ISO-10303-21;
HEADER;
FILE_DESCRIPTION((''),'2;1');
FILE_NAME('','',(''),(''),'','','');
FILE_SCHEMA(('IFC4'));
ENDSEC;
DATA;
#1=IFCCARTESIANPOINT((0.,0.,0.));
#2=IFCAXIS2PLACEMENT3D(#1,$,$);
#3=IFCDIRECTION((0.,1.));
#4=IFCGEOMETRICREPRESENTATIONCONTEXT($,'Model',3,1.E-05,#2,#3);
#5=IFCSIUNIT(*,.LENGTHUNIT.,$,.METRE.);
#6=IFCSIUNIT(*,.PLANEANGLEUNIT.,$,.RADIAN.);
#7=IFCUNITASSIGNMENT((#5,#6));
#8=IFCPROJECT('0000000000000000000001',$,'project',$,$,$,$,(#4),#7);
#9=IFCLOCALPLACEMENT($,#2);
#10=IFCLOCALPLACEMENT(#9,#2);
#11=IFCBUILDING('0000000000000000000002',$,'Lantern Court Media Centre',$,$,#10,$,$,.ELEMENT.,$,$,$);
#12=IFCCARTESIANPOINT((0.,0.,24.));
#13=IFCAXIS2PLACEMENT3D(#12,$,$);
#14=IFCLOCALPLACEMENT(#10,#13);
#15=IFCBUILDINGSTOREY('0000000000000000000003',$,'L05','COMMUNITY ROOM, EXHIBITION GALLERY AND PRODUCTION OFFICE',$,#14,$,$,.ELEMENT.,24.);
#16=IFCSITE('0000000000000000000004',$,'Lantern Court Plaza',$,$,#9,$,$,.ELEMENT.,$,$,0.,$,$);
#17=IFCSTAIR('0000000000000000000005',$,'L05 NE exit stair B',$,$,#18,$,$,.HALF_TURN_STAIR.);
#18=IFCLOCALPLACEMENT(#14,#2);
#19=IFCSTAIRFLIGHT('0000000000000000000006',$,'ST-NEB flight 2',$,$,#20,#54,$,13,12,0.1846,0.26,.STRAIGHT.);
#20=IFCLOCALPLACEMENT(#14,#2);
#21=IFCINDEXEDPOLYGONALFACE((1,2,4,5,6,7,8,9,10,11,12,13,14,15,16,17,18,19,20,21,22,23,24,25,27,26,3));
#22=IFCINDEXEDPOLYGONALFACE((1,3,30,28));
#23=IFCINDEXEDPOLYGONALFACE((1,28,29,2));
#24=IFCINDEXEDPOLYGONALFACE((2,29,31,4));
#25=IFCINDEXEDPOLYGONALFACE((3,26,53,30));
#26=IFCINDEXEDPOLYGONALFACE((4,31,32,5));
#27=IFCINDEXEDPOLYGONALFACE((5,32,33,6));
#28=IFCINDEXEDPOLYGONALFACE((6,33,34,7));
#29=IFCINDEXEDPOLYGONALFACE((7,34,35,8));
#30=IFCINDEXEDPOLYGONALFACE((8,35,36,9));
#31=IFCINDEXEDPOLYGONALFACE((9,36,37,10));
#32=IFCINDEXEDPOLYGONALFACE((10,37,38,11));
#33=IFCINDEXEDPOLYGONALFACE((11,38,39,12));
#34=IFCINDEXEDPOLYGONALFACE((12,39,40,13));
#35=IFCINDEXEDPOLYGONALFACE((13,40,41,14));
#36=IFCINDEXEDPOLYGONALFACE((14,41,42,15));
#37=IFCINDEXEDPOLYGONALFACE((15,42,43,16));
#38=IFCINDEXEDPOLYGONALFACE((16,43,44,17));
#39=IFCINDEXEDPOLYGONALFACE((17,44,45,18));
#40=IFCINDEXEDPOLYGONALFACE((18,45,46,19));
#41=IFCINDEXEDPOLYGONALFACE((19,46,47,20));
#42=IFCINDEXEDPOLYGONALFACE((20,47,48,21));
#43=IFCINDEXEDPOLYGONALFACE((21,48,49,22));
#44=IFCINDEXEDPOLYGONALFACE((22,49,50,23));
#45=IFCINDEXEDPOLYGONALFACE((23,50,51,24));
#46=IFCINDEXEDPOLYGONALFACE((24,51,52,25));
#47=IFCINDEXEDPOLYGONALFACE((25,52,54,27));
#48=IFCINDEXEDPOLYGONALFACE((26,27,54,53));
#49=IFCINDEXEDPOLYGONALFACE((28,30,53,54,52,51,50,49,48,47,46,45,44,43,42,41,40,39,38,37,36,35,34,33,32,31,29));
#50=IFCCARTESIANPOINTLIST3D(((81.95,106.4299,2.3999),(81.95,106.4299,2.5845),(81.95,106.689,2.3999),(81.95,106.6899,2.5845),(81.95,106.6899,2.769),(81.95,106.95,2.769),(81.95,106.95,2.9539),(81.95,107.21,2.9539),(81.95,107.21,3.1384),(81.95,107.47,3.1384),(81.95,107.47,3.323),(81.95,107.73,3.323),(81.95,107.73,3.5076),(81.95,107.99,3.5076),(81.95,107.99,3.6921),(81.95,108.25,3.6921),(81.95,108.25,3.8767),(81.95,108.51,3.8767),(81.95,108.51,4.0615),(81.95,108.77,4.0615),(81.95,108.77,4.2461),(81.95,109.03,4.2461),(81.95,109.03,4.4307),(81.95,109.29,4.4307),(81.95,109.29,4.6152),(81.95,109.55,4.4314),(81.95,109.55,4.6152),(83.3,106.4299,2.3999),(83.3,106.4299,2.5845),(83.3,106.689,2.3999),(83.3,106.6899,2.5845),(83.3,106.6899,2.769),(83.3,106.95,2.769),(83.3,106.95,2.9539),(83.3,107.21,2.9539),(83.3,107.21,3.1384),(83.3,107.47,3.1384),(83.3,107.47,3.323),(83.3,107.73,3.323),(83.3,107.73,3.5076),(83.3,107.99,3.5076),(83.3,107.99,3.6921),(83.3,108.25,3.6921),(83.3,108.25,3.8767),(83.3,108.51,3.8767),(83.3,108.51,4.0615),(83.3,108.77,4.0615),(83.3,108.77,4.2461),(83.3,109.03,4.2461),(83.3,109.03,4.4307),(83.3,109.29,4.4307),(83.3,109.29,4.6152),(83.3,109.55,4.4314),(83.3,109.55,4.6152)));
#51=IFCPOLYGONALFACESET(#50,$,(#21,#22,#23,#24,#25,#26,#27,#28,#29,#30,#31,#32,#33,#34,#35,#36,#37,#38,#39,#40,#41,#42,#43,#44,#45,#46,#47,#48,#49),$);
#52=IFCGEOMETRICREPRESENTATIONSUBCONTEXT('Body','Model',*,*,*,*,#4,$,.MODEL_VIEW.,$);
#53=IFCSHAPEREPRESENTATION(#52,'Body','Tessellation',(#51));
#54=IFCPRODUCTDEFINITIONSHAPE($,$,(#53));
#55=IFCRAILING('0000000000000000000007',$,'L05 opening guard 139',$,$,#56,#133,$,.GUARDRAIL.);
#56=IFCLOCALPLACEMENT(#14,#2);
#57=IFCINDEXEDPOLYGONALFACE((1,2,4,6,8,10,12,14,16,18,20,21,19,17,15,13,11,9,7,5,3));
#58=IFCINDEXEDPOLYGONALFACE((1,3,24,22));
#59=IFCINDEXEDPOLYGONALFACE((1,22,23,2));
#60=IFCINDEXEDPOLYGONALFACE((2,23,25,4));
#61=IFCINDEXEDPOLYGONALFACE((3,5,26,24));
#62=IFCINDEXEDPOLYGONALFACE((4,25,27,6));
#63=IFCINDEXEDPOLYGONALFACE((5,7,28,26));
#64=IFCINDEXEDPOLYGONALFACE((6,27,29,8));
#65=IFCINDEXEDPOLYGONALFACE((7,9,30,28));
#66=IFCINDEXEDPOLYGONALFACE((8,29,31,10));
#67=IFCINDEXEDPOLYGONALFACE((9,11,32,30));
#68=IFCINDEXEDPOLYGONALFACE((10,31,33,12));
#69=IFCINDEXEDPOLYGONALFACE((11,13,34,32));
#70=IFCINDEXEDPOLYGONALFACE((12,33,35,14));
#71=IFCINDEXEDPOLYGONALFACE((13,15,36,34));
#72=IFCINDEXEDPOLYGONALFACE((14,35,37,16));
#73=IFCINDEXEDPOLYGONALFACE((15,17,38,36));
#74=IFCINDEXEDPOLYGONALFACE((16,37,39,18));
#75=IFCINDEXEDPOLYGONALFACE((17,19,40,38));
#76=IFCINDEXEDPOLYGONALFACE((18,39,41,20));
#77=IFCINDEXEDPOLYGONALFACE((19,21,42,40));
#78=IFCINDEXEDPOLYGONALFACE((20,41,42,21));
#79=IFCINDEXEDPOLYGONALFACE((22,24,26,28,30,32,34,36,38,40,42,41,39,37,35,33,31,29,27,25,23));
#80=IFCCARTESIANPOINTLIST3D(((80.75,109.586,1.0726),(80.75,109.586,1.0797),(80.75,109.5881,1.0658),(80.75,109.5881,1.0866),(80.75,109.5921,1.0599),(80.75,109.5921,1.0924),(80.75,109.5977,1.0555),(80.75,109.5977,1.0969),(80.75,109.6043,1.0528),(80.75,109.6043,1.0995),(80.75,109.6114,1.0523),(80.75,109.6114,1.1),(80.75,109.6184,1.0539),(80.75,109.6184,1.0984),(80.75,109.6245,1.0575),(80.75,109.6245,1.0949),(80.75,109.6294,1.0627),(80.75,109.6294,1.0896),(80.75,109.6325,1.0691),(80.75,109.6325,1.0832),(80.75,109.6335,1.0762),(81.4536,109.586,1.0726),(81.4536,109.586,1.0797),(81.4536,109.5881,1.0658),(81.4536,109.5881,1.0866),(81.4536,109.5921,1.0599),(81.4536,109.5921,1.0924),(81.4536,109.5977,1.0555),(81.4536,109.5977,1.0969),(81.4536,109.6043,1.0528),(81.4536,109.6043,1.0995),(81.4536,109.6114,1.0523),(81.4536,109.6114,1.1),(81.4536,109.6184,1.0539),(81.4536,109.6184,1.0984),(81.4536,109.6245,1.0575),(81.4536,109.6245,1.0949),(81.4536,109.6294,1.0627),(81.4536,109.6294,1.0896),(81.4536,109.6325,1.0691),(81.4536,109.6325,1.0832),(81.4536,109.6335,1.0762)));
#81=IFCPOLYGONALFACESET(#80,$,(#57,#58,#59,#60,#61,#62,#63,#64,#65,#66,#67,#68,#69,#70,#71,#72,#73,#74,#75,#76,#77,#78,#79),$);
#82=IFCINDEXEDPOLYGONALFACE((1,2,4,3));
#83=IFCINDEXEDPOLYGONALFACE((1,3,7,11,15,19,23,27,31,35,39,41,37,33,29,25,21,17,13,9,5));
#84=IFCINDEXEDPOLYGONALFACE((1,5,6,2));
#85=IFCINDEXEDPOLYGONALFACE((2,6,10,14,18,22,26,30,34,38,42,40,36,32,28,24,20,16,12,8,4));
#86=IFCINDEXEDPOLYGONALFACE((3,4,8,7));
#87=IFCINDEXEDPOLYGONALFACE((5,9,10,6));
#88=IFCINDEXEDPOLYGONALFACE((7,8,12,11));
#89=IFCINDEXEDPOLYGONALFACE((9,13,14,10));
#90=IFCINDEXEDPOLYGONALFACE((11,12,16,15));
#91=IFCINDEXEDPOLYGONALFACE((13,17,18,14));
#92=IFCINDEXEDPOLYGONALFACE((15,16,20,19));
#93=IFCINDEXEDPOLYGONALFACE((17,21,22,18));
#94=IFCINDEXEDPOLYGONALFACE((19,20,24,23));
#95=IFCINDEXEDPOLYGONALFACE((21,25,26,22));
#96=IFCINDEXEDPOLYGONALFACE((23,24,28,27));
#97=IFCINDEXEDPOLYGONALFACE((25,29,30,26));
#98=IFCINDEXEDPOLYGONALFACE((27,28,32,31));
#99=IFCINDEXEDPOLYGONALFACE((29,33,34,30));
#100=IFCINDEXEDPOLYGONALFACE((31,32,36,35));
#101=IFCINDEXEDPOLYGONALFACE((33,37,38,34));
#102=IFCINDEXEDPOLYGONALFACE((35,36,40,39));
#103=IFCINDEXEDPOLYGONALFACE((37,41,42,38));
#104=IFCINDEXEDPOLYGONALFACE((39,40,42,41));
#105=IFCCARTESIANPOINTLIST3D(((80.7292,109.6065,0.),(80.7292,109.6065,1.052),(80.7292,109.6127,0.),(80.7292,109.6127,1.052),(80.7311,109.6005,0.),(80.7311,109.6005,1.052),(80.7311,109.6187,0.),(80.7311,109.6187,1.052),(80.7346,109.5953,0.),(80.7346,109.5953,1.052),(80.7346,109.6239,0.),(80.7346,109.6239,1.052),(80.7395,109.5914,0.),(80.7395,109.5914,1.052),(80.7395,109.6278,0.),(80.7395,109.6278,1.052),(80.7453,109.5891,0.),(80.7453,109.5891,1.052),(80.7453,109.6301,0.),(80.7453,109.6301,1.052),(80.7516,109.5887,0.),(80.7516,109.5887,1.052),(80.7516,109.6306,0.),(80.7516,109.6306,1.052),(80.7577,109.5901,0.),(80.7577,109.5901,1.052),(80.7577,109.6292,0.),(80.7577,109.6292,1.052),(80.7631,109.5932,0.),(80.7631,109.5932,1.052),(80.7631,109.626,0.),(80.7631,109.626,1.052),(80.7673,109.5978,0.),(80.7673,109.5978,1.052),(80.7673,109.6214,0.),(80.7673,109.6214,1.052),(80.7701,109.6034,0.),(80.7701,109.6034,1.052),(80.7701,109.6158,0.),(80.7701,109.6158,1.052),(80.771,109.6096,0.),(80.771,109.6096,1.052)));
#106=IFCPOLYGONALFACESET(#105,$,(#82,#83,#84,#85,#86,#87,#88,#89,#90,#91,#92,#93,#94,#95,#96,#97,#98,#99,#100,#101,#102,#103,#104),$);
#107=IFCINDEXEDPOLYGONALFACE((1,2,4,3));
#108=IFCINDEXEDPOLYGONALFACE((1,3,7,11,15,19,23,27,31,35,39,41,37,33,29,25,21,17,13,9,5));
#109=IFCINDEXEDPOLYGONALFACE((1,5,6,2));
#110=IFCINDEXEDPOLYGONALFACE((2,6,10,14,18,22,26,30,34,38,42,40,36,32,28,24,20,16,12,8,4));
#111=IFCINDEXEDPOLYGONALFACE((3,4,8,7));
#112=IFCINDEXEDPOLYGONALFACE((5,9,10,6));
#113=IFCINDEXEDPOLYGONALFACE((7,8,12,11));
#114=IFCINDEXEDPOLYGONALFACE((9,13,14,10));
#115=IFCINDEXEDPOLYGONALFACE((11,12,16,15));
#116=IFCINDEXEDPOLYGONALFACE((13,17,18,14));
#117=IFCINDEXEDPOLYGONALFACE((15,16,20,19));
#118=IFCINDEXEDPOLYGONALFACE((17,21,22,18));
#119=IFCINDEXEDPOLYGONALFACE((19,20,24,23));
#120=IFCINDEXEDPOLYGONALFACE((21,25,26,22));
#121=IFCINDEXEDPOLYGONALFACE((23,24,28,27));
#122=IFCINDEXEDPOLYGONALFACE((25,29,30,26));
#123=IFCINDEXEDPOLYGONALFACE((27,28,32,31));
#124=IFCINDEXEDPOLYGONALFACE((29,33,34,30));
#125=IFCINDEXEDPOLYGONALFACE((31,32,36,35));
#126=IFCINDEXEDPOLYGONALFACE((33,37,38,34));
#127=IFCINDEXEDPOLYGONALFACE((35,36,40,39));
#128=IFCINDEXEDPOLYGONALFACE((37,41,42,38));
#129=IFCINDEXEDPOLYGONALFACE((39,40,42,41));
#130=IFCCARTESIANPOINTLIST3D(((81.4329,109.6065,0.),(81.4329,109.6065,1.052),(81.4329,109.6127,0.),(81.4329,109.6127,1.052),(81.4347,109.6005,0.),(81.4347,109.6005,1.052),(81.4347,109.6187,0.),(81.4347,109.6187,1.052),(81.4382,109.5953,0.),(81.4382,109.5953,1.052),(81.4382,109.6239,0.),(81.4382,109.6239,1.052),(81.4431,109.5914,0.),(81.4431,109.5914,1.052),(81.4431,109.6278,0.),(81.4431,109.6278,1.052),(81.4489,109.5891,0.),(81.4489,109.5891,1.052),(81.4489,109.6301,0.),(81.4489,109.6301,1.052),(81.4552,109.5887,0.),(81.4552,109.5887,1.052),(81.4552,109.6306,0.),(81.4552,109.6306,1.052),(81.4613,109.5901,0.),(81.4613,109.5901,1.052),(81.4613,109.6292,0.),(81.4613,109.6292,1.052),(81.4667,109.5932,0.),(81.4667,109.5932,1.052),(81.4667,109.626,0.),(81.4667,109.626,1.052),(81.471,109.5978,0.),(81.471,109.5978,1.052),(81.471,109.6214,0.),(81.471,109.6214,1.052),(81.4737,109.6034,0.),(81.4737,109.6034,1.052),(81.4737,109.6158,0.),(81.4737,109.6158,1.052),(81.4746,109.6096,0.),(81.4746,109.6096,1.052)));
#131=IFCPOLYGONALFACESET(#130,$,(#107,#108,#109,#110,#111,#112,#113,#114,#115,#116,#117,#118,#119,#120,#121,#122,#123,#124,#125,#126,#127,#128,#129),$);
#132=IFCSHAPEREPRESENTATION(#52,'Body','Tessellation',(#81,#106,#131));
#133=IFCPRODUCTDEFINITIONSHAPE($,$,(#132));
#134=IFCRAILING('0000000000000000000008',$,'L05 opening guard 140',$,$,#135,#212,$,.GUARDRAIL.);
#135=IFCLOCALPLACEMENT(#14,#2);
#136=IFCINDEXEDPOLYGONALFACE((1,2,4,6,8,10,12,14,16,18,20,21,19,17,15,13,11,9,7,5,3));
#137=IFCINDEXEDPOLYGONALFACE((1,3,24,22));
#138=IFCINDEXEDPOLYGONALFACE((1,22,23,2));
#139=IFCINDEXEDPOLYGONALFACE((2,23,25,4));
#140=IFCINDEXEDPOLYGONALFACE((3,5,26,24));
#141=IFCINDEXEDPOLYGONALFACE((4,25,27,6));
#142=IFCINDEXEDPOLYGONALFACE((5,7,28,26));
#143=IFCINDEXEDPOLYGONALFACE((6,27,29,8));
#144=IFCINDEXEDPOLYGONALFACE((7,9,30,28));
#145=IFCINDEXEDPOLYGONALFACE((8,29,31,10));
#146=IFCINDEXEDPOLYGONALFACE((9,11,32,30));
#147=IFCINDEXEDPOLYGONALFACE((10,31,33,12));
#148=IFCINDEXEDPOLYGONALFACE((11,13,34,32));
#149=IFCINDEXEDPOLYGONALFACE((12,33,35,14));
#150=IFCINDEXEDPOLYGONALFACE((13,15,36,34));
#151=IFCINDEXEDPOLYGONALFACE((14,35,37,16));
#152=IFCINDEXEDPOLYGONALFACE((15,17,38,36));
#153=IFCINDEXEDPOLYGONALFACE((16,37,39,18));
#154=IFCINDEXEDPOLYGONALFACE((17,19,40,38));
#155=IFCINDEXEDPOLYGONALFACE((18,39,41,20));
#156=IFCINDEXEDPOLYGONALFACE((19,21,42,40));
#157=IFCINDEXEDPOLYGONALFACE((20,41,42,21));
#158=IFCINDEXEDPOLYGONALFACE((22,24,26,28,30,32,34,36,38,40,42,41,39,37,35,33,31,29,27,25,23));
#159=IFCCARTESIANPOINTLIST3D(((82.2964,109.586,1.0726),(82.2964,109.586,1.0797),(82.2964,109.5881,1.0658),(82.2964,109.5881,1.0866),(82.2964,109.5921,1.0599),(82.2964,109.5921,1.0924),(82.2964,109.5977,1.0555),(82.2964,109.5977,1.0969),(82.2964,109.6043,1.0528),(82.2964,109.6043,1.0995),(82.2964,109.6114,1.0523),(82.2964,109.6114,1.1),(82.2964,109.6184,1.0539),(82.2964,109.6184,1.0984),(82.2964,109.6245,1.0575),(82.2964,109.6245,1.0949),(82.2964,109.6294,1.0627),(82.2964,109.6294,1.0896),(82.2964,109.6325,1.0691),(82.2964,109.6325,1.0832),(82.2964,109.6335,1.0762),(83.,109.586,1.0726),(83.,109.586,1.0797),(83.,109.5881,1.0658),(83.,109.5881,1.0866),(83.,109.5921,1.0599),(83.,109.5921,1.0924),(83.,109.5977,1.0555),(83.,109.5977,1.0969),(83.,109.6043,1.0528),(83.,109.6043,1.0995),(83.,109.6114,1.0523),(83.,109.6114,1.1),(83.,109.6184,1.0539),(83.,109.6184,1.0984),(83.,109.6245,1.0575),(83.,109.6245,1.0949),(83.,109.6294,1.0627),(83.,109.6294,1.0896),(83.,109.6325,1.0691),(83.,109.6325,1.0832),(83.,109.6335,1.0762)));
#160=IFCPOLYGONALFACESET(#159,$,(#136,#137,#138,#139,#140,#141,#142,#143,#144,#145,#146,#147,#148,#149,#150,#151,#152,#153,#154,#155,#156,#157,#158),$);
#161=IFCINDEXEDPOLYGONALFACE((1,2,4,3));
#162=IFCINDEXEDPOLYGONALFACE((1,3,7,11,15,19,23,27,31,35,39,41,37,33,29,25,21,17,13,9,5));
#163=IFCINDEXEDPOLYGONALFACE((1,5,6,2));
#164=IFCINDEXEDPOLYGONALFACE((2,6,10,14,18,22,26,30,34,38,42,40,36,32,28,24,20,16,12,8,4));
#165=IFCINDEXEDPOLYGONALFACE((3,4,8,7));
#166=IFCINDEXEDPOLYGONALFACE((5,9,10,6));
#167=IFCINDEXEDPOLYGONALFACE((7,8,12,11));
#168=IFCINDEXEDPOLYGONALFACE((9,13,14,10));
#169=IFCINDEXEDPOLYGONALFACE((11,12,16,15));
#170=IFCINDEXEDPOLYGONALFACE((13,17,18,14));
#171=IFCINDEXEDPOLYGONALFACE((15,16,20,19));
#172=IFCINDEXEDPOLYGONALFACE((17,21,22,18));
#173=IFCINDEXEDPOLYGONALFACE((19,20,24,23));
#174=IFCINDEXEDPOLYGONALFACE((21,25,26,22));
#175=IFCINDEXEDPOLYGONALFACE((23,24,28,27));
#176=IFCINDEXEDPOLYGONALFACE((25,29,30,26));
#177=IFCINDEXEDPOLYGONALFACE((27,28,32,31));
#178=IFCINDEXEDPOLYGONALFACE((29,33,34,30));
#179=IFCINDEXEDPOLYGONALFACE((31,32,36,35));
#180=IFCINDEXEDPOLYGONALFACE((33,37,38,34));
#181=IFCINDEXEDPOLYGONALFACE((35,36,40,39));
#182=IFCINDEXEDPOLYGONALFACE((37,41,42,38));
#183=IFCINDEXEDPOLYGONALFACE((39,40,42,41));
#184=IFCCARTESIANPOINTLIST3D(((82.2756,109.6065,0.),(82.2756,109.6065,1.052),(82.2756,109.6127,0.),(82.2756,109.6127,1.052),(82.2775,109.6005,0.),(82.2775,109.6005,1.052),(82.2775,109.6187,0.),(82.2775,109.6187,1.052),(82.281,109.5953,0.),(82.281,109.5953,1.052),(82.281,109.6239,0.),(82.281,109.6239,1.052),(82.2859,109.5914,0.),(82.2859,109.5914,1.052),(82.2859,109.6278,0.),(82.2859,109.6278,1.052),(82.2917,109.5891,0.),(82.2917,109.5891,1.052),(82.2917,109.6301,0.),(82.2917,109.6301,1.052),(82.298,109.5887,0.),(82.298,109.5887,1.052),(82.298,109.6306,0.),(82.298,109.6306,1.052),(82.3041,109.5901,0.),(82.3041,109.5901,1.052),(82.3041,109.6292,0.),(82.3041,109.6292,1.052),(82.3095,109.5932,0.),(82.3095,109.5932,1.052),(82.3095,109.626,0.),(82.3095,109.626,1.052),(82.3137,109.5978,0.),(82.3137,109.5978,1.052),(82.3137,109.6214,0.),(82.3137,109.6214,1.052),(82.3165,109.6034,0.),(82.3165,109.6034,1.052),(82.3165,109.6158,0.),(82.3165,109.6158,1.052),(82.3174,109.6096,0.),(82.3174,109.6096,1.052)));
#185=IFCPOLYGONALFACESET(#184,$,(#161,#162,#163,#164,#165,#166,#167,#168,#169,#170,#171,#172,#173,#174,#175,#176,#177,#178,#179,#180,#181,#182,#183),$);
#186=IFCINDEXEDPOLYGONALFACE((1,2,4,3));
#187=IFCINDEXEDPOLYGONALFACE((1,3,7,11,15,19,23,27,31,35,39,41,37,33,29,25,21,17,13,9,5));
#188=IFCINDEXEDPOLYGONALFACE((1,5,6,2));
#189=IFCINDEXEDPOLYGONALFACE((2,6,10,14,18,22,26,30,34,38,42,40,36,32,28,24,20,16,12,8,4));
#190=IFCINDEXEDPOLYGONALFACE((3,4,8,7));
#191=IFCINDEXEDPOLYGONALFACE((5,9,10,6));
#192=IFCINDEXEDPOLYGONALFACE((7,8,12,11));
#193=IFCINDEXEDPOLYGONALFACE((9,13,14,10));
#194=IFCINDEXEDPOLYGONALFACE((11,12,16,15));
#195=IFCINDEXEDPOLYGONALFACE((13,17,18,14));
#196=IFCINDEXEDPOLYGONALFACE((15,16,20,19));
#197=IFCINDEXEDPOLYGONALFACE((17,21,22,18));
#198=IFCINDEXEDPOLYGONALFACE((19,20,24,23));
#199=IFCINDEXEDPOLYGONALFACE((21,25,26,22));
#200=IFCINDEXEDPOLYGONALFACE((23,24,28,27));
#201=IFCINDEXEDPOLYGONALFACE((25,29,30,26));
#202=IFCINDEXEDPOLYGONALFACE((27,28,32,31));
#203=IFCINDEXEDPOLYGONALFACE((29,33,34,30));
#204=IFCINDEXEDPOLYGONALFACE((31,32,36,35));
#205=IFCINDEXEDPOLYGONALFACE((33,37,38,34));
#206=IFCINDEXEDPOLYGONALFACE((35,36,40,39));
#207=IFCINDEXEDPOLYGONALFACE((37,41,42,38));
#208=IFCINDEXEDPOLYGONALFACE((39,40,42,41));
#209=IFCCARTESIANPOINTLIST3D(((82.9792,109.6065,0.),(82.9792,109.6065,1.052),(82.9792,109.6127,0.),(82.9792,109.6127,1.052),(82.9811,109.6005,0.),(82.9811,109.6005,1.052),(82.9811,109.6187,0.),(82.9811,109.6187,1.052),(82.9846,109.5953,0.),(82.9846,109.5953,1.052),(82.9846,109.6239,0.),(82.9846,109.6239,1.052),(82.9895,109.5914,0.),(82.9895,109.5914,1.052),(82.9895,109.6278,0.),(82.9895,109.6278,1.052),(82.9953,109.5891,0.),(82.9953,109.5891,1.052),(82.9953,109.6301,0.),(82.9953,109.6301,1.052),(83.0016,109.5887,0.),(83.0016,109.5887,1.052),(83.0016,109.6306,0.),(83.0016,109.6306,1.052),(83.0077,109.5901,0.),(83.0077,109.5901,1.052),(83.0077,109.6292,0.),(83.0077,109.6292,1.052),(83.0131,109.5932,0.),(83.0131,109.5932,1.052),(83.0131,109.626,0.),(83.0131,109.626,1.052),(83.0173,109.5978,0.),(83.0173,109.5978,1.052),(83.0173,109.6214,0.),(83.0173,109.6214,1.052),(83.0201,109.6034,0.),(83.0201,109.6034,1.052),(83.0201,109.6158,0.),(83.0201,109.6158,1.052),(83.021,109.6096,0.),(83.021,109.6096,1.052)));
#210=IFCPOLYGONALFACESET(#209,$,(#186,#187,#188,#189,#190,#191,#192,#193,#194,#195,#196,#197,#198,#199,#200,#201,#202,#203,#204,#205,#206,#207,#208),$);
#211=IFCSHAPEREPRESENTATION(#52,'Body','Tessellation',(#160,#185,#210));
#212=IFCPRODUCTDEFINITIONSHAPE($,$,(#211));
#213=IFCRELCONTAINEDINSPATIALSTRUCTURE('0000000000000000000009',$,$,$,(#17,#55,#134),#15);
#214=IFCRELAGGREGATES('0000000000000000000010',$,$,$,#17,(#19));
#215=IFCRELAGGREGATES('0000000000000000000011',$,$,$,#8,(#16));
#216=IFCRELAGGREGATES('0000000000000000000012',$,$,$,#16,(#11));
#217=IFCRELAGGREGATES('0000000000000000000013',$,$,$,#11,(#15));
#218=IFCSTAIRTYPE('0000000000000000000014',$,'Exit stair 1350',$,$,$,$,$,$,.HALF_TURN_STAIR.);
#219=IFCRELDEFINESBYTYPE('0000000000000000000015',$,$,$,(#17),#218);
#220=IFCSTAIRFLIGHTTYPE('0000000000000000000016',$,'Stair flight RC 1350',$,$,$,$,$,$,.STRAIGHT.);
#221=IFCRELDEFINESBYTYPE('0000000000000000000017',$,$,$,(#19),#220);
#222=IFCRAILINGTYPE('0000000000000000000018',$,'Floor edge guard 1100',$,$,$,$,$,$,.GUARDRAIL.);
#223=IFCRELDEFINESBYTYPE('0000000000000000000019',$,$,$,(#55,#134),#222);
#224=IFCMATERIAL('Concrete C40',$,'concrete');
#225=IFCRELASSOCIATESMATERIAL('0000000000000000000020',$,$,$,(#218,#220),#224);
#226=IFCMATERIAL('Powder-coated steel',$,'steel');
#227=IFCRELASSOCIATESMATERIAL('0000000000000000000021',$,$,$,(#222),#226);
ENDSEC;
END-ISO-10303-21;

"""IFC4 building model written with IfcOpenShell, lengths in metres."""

from ifc_helpers import new_model, si_unit, direction, frame, origin, origin_2d, place, context, subcontext, project, spatial, polyline, circle, outline, extrude, material, type_object, element, aggregate, save


model = new_model("IFC4")

# Units and contexts
model_context = context("Model", 3, precision=1e-05, world=origin(), true_north=direction((0.0, 1.0)))
body_context = subcontext(model_context, "Body", "Model", "MODEL_VIEW")
ifc_project = project(units=[si_unit("LENGTHUNIT", "METRE"), si_unit("PLANEANGLEUNIT", "RADIAN")], contexts=[model_context])

# Site, building, storey
site_placement = place(None, origin())
site = spatial("IfcSite", under=ifc_project, at=site_placement, Name="Lantern Court Plaza", CompositionType="ELEMENT", RefElevation=0.0)
building_placement = place(site_placement, origin())
building = spatial("IfcBuilding", under=site, at=building_placement, Name="Lantern Court Media Centre", CompositionType="ELEMENT")
storey_placement = place(building_placement, frame((0.0, 0.0, 24.0)))
storey = spatial("IfcBuildingStorey", under=building, at=storey_placement, Name="L05", Description="COMMUNITY ROOM, EXHIBITION GALLERY AND PRODUCTION OFFICE", CompositionType="ELEMENT", Elevation=24.0)

# Shared definitions
ifc_material_1 = material(Name="Concrete C40", Category="concrete")

# Stair, stair flight
stair_type = type_object("IfcStairType", Name="Exit stair 1350", PredefinedType="HALF_TURN_STAIR", material=ifc_material_1)
stair_placement = place(storey_placement, origin())
stair = element("IfcStair", 1, at=stair_placement, inside=storey, type_object=stair_type, Name="L05 NE exit stair B", PredefinedType="HALF_TURN_STAIR")
stair_flight_type = type_object("IfcStairFlightType", Name="Stair flight RC 1350", PredefinedType="STRAIGHT", material=ifc_material_1)
stair_flight_1_placement = place(storey_placement, frame((82.625, 106.4299, 2.3999), z_axis=(0.0, 0.0, 1.0), x_axis=(0.0, 1.0, 0.0)))
stair_flight_1 = element("IfcStairFlight", 2, at=stair_flight_1_placement, type_object=stair_flight_type, Name="ST-NEB flight 2", NumberOfRisers=13, NumberOfTreads=12, PredefinedType="STRAIGHT", RiserHeight=0.1846, TreadLength=0.26, context=body_context, shape_type="SweptSolid", body=[
    extrude(outline(polyline([(0.0, 0.0), (0.0, 0.1846), (0.26, 0.1846), (0.26, 0.3691), (0.52, 0.3691), (0.52, 0.554), (0.78, 0.554), (0.78, 0.7385), (1.04, 0.7385), (1.04, 0.9231), (1.3, 0.9231), (1.3, 1.1077), (1.5601, 1.1077), (1.5601, 1.2922), (1.8201, 1.2922), (1.8201, 1.4768), (2.0801, 1.4768), (2.0801, 1.6616), (2.3401, 1.6616), (2.3401, 1.8462), (2.6001, 1.8462), (2.6001, 2.0308), (2.8601, 2.0308), (2.8601, 2.2153), (3.1201, 2.2153), (3.1201, 2.3999), (3.1201, 2.0315), (0.259, 0.0), (0.0, 0.0)])), frame((0.0, 0.675, 0.0), z_axis=(0.0, -1.0, 0.0), x_axis=(1.0, 0.0, 0.0)), (0.0, 0.0, 1.0), 1.3501),
])
aggregate(stair, [stair_flight_1])

# Railings
ifc_material_2 = material(Name="Powder-coated steel", Category="steel")
railing_type_1 = type_object("IfcRailingType", Name="Floor edge guard 1100", PredefinedType="GUARDRAIL", material=ifc_material_2)
for number, where, name in (
    (3, (80.75, 109.6096, 0.0), "L05 opening guard 139"),
    (4, (82.2964, 109.6096, 0.0), "L05 opening guard 140"),
):
    element("IfcRailing", number, at=place(storey_placement, frame(where)), inside=storey, type_object=railing_type_1, Name=name, PredefinedType="GUARDRAIL", context=body_context, shape_type="SweptSolid", body=[
        extrude(circle(Radius=0.0239, at=origin_2d()), frame((0.0, 0.0, 1.0762), z_axis=(1.0, 0.0, 0.0), x_axis=(0.0, 1.0, 0.0)), (0.0, 0.0, 1.0), 0.7036),
        extrude(circle(Radius=0.021, at=origin_2d()), origin(), (0.0, 0.0, 1.0), 1.052),
        extrude(circle(Radius=0.021, at=origin_2d()), frame((0.7036, 0.0, 0.0)), (0.0, 0.0, 1.0), 1.052),
    ])

save(model, "model.ifc")
